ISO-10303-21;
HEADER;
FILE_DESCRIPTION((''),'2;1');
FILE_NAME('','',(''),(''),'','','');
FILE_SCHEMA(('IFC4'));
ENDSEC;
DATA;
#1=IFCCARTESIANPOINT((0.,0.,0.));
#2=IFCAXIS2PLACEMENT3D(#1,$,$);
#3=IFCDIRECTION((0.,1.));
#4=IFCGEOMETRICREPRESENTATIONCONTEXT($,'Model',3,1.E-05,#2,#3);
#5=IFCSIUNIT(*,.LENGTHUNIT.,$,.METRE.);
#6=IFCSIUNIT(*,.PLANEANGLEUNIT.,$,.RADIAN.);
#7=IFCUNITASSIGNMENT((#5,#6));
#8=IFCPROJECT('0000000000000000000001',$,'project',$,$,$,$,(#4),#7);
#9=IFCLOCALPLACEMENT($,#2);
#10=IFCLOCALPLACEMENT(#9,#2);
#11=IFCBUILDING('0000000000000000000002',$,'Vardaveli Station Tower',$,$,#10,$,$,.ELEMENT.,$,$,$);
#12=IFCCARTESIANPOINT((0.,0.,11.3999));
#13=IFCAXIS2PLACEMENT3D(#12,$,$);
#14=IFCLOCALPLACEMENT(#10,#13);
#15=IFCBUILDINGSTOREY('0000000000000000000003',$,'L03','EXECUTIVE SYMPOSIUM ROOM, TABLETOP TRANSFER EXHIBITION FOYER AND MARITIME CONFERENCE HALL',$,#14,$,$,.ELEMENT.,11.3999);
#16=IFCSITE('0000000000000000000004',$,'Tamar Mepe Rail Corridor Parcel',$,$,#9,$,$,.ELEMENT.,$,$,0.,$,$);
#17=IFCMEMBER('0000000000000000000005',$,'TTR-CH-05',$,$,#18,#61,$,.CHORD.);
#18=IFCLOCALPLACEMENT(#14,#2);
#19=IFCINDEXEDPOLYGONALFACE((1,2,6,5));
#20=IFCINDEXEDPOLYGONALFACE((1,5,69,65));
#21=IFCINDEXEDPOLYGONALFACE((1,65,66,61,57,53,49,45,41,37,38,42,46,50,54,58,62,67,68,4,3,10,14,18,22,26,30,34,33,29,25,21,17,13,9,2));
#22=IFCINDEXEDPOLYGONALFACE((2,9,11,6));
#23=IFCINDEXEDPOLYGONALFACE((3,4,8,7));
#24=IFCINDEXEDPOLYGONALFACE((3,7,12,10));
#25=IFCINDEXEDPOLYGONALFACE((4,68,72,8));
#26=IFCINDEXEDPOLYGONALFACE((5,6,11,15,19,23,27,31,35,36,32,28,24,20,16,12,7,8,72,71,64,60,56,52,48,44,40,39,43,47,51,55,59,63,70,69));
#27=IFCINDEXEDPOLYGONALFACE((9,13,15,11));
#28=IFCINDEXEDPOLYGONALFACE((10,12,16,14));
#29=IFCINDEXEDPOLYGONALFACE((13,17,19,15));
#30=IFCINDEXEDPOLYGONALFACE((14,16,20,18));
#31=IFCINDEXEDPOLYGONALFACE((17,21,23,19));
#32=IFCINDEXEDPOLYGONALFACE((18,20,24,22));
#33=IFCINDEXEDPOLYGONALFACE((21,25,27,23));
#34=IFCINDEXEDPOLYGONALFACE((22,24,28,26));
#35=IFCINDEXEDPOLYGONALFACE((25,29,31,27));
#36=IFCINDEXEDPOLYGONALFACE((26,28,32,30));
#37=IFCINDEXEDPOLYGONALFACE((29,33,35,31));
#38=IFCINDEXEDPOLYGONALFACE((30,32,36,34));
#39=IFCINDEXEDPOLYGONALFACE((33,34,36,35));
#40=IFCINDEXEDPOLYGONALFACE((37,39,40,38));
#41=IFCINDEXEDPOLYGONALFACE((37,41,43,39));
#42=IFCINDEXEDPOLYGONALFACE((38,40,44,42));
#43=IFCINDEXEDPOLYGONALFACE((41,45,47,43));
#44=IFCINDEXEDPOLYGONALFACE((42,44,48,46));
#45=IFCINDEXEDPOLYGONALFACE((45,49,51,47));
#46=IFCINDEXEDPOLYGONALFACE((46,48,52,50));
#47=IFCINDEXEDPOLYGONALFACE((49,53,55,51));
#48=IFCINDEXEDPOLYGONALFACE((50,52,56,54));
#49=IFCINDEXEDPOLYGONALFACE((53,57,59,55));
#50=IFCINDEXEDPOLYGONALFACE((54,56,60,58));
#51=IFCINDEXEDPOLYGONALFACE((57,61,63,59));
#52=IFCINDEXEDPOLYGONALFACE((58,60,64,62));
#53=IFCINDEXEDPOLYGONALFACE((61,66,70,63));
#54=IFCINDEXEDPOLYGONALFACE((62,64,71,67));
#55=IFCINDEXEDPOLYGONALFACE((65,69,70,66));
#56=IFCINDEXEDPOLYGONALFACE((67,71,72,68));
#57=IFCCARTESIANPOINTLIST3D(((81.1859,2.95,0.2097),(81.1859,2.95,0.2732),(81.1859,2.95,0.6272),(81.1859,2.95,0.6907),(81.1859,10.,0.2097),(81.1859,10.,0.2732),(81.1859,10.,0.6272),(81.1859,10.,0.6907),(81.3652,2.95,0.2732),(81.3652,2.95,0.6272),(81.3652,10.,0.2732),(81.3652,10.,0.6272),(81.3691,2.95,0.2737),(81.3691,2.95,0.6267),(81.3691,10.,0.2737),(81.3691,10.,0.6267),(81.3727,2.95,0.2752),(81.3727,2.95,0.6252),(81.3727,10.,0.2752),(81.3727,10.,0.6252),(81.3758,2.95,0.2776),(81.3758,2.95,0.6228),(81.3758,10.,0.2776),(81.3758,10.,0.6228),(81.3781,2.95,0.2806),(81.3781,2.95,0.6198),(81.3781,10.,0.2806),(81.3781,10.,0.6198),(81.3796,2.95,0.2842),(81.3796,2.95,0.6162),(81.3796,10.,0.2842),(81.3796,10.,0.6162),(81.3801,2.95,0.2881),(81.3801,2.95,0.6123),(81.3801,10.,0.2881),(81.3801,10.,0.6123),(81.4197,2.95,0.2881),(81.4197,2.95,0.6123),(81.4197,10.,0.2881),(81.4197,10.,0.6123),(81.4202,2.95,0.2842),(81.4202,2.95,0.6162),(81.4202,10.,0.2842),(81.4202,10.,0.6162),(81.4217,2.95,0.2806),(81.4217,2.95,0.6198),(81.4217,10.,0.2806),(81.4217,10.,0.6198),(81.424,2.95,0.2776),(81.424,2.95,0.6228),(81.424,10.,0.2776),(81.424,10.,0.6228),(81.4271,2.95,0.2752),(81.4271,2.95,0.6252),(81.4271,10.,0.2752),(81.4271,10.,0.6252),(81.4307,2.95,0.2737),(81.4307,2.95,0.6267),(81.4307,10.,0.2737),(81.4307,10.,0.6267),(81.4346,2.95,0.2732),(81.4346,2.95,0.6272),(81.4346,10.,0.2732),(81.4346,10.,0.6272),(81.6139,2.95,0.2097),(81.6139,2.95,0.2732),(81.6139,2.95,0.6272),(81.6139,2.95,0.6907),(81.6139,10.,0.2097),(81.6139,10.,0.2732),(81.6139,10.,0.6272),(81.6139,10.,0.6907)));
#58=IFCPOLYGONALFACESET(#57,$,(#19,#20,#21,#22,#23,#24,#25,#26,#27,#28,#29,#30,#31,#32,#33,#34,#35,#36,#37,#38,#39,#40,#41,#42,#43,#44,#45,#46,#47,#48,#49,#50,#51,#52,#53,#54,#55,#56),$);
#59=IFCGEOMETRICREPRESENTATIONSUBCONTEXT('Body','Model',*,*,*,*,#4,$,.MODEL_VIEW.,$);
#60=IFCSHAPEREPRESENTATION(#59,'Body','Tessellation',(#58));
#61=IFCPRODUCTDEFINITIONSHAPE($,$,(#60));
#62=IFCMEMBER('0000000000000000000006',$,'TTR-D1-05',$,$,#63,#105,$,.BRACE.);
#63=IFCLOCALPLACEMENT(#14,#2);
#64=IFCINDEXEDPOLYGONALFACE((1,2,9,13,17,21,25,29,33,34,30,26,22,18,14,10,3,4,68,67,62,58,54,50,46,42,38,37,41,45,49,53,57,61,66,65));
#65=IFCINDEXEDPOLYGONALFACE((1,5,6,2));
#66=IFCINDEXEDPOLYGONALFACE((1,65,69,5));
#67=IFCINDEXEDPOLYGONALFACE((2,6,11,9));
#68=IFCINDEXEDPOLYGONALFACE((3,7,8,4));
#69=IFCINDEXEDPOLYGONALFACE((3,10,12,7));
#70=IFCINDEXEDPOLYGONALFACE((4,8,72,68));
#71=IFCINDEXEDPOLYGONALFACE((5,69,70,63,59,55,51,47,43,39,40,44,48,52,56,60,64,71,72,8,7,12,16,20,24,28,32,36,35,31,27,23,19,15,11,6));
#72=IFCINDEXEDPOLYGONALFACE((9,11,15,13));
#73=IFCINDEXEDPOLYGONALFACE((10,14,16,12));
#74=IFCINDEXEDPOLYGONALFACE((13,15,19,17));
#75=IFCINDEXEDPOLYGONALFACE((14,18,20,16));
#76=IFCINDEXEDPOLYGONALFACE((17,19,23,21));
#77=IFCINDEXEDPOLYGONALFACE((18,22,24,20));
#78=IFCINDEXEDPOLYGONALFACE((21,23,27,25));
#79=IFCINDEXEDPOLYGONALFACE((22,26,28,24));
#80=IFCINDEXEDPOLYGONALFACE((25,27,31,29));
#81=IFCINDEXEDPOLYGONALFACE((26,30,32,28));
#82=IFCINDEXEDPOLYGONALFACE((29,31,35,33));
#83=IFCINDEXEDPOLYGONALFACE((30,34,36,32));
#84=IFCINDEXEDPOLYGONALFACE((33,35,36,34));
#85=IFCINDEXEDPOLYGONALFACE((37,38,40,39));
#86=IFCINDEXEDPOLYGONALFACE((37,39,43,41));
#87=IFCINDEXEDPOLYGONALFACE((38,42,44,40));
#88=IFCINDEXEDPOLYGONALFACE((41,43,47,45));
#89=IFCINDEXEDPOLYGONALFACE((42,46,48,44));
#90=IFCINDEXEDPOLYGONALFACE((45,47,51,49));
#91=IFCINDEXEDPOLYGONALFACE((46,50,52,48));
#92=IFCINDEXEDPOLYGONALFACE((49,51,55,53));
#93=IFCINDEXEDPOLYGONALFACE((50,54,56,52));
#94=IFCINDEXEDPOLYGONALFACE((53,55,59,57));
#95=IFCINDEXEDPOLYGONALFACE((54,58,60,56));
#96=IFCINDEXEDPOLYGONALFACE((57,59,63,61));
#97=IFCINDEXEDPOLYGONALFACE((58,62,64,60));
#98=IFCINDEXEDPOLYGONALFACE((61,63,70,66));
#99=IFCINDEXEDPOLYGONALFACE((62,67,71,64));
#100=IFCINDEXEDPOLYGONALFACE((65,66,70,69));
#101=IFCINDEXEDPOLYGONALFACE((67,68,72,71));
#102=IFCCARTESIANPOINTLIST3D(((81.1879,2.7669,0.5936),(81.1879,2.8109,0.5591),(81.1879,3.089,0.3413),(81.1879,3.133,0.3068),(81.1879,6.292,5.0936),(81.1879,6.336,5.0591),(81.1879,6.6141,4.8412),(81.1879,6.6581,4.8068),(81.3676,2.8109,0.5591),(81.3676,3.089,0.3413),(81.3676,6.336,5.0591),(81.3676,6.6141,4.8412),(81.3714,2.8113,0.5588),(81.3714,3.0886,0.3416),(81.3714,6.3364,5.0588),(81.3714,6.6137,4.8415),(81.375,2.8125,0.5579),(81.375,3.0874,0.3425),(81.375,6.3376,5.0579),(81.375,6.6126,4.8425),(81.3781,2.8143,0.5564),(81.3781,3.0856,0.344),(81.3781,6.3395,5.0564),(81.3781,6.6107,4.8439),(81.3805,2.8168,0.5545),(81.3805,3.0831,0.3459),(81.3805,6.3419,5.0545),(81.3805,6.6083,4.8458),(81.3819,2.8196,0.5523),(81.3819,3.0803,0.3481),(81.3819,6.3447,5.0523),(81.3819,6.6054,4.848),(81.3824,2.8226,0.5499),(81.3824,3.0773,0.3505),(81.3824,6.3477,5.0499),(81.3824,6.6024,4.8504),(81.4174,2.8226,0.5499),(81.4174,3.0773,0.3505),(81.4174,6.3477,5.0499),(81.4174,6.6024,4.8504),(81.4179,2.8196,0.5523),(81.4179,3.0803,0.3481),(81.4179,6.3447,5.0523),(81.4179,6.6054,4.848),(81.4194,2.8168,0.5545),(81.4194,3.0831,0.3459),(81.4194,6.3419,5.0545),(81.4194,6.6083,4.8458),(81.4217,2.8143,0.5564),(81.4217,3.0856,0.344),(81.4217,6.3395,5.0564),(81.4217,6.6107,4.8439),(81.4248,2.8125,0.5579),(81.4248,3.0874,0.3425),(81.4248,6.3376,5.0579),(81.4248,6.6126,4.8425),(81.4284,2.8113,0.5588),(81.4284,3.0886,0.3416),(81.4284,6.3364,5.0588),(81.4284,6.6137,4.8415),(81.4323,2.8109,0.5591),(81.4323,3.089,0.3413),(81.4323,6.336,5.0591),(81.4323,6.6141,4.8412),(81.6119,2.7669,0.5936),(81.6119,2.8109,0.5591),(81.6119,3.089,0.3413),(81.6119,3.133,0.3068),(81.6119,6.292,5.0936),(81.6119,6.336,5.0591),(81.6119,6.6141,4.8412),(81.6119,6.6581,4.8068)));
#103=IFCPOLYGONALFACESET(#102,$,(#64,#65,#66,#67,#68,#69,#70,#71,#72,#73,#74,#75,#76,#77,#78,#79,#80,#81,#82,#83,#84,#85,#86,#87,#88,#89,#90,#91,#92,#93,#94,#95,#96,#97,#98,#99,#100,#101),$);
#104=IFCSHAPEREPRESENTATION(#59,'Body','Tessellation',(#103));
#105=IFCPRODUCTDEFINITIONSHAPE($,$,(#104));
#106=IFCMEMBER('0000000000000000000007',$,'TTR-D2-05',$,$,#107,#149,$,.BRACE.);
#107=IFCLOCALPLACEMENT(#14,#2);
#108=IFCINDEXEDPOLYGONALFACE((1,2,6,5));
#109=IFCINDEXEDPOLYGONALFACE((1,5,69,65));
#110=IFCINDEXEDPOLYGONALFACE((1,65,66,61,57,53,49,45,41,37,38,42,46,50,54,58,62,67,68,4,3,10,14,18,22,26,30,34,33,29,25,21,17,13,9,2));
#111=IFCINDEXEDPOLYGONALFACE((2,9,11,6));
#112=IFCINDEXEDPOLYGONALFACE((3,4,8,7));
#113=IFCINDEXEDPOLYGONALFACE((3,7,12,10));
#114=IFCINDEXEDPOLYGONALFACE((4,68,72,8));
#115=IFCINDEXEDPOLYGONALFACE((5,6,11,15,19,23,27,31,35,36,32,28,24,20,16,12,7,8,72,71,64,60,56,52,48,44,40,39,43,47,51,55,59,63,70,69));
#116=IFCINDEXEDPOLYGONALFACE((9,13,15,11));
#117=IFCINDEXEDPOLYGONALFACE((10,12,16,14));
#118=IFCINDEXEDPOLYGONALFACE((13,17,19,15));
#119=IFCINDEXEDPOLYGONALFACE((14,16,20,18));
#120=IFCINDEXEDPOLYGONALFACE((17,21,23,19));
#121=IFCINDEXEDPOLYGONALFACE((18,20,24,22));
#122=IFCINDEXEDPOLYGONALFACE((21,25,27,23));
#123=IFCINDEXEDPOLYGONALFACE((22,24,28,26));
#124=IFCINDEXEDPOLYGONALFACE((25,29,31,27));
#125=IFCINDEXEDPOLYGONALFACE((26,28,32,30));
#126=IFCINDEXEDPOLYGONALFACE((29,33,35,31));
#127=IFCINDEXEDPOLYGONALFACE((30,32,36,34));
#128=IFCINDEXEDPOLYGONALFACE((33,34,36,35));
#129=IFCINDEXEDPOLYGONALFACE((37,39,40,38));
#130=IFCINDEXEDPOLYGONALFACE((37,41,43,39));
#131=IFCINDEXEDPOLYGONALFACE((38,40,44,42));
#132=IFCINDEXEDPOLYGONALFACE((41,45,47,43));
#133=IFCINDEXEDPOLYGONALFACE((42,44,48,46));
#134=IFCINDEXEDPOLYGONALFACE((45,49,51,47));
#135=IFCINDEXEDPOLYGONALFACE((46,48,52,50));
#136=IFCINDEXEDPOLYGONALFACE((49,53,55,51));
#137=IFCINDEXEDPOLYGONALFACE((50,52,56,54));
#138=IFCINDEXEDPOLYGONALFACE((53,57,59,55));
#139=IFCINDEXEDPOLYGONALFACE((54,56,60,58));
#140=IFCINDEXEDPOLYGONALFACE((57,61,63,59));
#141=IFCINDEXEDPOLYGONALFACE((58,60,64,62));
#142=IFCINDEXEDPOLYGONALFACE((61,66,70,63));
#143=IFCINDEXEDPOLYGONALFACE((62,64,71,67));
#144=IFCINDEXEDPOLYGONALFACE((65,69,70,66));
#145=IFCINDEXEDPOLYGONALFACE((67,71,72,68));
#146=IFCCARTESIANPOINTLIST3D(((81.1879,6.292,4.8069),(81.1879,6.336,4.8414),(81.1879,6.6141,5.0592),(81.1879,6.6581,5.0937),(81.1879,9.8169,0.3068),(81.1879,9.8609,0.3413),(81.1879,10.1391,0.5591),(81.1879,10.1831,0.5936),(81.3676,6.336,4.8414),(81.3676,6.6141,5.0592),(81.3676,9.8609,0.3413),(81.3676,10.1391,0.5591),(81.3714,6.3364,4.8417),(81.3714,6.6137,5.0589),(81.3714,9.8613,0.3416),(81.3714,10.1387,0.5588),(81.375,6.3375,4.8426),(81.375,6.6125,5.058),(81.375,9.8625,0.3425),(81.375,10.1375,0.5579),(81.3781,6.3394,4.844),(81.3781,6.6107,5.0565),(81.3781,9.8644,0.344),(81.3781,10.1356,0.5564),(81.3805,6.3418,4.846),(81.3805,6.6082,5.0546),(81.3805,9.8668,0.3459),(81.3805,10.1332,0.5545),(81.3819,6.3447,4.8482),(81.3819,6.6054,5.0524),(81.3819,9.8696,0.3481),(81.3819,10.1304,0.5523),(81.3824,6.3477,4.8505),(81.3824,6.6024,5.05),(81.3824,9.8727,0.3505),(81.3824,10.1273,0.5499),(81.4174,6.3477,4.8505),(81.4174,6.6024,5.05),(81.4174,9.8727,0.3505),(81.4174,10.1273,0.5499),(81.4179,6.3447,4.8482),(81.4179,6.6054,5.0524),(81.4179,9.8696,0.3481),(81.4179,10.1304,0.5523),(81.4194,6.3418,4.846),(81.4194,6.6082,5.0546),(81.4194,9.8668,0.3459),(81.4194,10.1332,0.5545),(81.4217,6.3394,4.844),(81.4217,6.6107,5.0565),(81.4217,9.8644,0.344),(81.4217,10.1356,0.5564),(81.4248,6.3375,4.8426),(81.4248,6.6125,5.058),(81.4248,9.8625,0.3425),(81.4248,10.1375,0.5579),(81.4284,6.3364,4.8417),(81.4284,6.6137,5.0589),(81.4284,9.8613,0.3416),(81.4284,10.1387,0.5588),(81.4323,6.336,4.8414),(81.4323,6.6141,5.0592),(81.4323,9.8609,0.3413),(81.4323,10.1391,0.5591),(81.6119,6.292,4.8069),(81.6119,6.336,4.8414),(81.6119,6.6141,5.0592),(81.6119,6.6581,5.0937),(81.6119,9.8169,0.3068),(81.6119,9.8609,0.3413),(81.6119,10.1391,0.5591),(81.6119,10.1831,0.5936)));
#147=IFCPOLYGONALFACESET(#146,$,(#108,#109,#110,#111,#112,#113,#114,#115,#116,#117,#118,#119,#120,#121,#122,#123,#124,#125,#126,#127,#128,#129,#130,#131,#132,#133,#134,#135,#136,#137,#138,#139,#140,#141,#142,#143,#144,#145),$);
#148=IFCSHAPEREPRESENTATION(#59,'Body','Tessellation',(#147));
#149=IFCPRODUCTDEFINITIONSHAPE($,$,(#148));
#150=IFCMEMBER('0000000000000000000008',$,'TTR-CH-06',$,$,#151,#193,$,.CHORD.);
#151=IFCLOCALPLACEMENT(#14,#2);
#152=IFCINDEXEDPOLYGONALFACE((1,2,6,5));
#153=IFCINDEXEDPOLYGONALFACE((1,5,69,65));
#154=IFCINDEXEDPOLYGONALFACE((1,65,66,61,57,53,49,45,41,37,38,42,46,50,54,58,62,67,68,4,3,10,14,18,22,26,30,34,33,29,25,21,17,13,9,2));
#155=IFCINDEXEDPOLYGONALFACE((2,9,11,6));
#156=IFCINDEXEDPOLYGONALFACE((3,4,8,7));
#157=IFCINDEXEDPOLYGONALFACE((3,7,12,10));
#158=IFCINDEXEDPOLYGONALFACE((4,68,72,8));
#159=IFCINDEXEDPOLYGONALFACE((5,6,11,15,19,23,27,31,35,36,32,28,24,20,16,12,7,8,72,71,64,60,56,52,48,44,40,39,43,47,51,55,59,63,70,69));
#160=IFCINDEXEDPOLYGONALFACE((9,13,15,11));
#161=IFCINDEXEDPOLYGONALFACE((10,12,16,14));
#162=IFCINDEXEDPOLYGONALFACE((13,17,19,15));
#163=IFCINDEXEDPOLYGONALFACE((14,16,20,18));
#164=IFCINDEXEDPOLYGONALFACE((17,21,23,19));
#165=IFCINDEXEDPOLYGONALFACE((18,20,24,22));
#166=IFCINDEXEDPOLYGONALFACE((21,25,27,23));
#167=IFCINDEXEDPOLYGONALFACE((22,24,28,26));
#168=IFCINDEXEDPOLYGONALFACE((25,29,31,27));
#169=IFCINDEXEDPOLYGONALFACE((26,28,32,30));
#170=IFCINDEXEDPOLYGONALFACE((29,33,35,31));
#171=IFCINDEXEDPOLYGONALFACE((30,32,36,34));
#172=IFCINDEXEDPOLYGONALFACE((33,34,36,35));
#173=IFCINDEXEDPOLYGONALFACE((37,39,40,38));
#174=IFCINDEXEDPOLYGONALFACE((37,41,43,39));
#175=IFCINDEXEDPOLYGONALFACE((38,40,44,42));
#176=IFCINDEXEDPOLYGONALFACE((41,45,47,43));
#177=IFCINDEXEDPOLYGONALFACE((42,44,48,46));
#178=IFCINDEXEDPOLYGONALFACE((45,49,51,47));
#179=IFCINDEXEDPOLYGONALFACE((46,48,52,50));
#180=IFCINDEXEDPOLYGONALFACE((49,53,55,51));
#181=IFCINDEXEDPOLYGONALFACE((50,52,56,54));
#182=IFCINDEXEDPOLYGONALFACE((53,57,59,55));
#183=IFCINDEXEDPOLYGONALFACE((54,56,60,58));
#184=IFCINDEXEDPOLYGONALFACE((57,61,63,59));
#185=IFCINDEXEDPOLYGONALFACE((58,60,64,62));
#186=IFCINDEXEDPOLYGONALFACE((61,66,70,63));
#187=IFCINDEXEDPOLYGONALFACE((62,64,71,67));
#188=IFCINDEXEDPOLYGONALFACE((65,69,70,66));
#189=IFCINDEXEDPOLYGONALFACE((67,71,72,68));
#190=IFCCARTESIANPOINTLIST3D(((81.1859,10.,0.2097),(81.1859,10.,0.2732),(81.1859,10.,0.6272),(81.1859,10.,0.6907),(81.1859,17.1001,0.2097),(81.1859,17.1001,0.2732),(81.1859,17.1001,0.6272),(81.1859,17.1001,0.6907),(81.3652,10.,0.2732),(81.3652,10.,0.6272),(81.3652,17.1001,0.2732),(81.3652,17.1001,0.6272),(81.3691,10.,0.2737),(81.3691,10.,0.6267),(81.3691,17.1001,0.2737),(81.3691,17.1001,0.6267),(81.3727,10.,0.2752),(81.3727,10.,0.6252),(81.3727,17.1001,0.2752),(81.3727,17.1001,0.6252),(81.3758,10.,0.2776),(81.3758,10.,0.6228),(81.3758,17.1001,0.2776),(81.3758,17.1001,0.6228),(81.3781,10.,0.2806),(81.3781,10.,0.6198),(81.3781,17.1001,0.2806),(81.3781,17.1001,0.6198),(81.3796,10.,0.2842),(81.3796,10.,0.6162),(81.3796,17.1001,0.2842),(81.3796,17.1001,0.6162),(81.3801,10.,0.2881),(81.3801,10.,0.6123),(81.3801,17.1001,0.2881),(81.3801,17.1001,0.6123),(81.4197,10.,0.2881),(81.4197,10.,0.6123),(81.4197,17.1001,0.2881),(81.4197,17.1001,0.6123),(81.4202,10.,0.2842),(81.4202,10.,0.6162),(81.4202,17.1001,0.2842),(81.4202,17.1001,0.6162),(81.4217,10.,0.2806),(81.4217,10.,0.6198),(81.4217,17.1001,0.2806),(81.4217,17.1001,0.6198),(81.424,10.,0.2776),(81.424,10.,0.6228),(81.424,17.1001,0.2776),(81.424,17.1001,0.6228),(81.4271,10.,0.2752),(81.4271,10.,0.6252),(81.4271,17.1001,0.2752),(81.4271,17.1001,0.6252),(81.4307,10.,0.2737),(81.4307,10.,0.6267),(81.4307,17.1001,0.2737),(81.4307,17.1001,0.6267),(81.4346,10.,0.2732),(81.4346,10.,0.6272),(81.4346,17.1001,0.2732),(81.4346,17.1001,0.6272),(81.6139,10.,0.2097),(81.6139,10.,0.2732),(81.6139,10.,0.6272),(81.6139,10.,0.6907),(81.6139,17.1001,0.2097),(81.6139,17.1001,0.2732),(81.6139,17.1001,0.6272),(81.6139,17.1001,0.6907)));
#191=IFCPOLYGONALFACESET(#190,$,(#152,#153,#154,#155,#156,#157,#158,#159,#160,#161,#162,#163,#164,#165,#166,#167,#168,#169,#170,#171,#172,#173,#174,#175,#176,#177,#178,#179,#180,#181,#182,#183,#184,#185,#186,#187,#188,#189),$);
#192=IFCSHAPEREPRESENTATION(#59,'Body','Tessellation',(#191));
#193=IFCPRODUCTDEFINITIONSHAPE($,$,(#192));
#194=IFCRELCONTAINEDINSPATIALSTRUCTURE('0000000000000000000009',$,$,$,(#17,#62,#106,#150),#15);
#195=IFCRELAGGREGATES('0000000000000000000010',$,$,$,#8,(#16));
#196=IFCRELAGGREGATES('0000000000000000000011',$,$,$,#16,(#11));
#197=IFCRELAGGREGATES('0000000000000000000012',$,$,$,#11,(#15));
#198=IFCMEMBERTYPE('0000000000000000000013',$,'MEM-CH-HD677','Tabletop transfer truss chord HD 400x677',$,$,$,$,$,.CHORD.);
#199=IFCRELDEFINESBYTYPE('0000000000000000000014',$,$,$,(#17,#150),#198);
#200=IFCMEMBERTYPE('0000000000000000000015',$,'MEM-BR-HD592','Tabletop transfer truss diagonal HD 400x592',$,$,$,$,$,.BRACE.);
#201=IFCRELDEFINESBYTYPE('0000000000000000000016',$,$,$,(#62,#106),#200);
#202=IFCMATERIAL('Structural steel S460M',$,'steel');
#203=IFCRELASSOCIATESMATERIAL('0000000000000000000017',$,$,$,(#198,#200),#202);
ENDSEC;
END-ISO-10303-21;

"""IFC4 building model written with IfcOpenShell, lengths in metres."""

from ifc_helpers import new_model, si_unit, direction, frame, origin, origin_2d, place, context, subcontext, project, spatial, i_section, extrude, source, transform, mapped, material, material_profile, profile_set, type_object, element, save


model = new_model("IFC4")

# Units and contexts
model_context = context("Model", 3, precision=1e-05, world=origin(), true_north=direction((0.0, 1.0)))
body_context = subcontext(model_context, "Body", "Model", "MODEL_VIEW")
ifc_project = project(units=[si_unit("LENGTHUNIT", "METRE"), si_unit("PLANEANGLEUNIT", "RADIAN")], contexts=[model_context])

# Site, building, storey
site_placement = place(None, origin())
site = spatial("IfcSite", under=ifc_project, at=site_placement, Name="Tamar Mepe Rail Corridor Parcel", CompositionType="ELEMENT", RefElevation=0.0)
building_placement = place(site_placement, origin())
building = spatial("IfcBuilding", under=site, at=building_placement, Name="Vardaveli Station Tower", CompositionType="ELEMENT")
storey_placement = place(building_placement, frame((0.0, 0.0, 11.3999)))
storey = spatial("IfcBuildingStorey", under=building, at=storey_placement, Name="L03", Description="EXECUTIVE SYMPOSIUM ROOM, TABLETOP TRANSFER EXHIBITION FOYER AND MARITIME CONFERENCE HALL", CompositionType="ELEMENT", Elevation=11.3999)

# Members
ifc_material_1 = material(Name="Structural steel S460M", Category="steel")
ifc_material_profile_1 = material_profile(ifc_material_1, i_section(OverallWidth=0.428, OverallDepth=0.481, WebThickness=0.0396, FlangeThickness=0.0635, FilletRadius=0.0149, at=origin_2d()), Name="HD 400x677")
ifc_profile_set_1 = profile_set([ifc_material_profile_1], Name="Structural steel S460M")
member_type_1 = type_object("IfcMemberType", Name="MEM-CH-HD677", Description="Tabletop transfer truss chord HD 400x677", PredefinedType="CHORD", material=ifc_profile_set_1)
ifc_material_profile_2 = material_profile(ifc_material_1, i_section(OverallWidth=0.4241, OverallDepth=0.4651, WebThickness=0.0349, FlangeThickness=0.0559, FilletRadius=0.0149, at=origin_2d()), Name="HD 400x592")
ifc_profile_set_2 = profile_set([ifc_material_profile_2], Name="Structural steel S460M")
member_type_2 = type_object("IfcMemberType", Name="MEM-BR-HD592", Description="Tabletop transfer truss diagonal HD 400x592", PredefinedType="BRACE", material=ifc_profile_set_2)
shared_shape_1 = source(origin(), body_context, "Body", "SweptSolid", [
    extrude(i_section(OverallWidth=0.428, OverallDepth=0.481, WebThickness=0.0396, FlangeThickness=0.0635, FilletRadius=0.0149, at=origin_2d()), origin(), (0.0, 0.0, 1.0), 7.05),
])
member_1_placement = place(storey_placement, frame((81.3999, 2.95, 0.4502), z_axis=(0.0, 1.0, 0.0), x_axis=(-1.0, 0.0, 0.0)))
element("IfcMember", 1, at=member_1_placement, inside=storey, type_object=member_type_1, Name="TTR-CH-05", PredefinedType="CHORD", context=body_context, shape_type="MappedRepresentation", body=[
    mapped(shared_shape_1, transform((0.0, 0.0, 0.0), scale=1.0)),
])
shared_shape_2 = source(origin(), body_context, "Body", "SweptSolid", [
    extrude(i_section(OverallWidth=0.4241, OverallDepth=0.4651, WebThickness=0.0349, FlangeThickness=0.0559, FilletRadius=0.0149, at=origin_2d()), origin(), (0.0, 0.0, 1.0), 5.7163),
])
for number, where, z_axis, x_axis, name in (
    (2, (81.3999, 2.95, 0.4502), (0.0, 0.616678, 0.787216), (-1.0, 0.0, 0.0), "TTR-D1-05"),
    (3, (81.3999, 10.0, 0.4502), (0.0, -0.616651, 0.787236), (1.0, 0.0, 0.0), "TTR-D2-05"),
):
    element("IfcMember", number, at=place(storey_placement, frame(where, z_axis=z_axis, x_axis=x_axis)), inside=storey, type_object=member_type_2, Name=name, PredefinedType="BRACE", context=body_context, shape_type="MappedRepresentation", body=[
        mapped(shared_shape_2, transform((0.0, 0.0, 0.0), scale=1.0)),
    ])
shared_shape_3 = source(origin(), body_context, "Body", "SweptSolid", [
    extrude(i_section(OverallWidth=0.428, OverallDepth=0.481, WebThickness=0.0396, FlangeThickness=0.0635, FilletRadius=0.0149, at=origin_2d()), origin(), (0.0, 0.0, 1.0), 7.1001),
])
member_2_placement = place(storey_placement, frame((81.3999, 10.0, 0.4502), z_axis=(0.0, 1.0, 0.0), x_axis=(-1.0, 0.0, 0.0)))
element("IfcMember", 4, at=member_2_placement, inside=storey, type_object=member_type_1, Name="TTR-CH-06", PredefinedType="CHORD", context=body_context, shape_type="MappedRepresentation", body=[
    mapped(shared_shape_3, transform((0.0, 0.0, 0.0), scale=1.0)),
])

save(model, "model.ifc")
